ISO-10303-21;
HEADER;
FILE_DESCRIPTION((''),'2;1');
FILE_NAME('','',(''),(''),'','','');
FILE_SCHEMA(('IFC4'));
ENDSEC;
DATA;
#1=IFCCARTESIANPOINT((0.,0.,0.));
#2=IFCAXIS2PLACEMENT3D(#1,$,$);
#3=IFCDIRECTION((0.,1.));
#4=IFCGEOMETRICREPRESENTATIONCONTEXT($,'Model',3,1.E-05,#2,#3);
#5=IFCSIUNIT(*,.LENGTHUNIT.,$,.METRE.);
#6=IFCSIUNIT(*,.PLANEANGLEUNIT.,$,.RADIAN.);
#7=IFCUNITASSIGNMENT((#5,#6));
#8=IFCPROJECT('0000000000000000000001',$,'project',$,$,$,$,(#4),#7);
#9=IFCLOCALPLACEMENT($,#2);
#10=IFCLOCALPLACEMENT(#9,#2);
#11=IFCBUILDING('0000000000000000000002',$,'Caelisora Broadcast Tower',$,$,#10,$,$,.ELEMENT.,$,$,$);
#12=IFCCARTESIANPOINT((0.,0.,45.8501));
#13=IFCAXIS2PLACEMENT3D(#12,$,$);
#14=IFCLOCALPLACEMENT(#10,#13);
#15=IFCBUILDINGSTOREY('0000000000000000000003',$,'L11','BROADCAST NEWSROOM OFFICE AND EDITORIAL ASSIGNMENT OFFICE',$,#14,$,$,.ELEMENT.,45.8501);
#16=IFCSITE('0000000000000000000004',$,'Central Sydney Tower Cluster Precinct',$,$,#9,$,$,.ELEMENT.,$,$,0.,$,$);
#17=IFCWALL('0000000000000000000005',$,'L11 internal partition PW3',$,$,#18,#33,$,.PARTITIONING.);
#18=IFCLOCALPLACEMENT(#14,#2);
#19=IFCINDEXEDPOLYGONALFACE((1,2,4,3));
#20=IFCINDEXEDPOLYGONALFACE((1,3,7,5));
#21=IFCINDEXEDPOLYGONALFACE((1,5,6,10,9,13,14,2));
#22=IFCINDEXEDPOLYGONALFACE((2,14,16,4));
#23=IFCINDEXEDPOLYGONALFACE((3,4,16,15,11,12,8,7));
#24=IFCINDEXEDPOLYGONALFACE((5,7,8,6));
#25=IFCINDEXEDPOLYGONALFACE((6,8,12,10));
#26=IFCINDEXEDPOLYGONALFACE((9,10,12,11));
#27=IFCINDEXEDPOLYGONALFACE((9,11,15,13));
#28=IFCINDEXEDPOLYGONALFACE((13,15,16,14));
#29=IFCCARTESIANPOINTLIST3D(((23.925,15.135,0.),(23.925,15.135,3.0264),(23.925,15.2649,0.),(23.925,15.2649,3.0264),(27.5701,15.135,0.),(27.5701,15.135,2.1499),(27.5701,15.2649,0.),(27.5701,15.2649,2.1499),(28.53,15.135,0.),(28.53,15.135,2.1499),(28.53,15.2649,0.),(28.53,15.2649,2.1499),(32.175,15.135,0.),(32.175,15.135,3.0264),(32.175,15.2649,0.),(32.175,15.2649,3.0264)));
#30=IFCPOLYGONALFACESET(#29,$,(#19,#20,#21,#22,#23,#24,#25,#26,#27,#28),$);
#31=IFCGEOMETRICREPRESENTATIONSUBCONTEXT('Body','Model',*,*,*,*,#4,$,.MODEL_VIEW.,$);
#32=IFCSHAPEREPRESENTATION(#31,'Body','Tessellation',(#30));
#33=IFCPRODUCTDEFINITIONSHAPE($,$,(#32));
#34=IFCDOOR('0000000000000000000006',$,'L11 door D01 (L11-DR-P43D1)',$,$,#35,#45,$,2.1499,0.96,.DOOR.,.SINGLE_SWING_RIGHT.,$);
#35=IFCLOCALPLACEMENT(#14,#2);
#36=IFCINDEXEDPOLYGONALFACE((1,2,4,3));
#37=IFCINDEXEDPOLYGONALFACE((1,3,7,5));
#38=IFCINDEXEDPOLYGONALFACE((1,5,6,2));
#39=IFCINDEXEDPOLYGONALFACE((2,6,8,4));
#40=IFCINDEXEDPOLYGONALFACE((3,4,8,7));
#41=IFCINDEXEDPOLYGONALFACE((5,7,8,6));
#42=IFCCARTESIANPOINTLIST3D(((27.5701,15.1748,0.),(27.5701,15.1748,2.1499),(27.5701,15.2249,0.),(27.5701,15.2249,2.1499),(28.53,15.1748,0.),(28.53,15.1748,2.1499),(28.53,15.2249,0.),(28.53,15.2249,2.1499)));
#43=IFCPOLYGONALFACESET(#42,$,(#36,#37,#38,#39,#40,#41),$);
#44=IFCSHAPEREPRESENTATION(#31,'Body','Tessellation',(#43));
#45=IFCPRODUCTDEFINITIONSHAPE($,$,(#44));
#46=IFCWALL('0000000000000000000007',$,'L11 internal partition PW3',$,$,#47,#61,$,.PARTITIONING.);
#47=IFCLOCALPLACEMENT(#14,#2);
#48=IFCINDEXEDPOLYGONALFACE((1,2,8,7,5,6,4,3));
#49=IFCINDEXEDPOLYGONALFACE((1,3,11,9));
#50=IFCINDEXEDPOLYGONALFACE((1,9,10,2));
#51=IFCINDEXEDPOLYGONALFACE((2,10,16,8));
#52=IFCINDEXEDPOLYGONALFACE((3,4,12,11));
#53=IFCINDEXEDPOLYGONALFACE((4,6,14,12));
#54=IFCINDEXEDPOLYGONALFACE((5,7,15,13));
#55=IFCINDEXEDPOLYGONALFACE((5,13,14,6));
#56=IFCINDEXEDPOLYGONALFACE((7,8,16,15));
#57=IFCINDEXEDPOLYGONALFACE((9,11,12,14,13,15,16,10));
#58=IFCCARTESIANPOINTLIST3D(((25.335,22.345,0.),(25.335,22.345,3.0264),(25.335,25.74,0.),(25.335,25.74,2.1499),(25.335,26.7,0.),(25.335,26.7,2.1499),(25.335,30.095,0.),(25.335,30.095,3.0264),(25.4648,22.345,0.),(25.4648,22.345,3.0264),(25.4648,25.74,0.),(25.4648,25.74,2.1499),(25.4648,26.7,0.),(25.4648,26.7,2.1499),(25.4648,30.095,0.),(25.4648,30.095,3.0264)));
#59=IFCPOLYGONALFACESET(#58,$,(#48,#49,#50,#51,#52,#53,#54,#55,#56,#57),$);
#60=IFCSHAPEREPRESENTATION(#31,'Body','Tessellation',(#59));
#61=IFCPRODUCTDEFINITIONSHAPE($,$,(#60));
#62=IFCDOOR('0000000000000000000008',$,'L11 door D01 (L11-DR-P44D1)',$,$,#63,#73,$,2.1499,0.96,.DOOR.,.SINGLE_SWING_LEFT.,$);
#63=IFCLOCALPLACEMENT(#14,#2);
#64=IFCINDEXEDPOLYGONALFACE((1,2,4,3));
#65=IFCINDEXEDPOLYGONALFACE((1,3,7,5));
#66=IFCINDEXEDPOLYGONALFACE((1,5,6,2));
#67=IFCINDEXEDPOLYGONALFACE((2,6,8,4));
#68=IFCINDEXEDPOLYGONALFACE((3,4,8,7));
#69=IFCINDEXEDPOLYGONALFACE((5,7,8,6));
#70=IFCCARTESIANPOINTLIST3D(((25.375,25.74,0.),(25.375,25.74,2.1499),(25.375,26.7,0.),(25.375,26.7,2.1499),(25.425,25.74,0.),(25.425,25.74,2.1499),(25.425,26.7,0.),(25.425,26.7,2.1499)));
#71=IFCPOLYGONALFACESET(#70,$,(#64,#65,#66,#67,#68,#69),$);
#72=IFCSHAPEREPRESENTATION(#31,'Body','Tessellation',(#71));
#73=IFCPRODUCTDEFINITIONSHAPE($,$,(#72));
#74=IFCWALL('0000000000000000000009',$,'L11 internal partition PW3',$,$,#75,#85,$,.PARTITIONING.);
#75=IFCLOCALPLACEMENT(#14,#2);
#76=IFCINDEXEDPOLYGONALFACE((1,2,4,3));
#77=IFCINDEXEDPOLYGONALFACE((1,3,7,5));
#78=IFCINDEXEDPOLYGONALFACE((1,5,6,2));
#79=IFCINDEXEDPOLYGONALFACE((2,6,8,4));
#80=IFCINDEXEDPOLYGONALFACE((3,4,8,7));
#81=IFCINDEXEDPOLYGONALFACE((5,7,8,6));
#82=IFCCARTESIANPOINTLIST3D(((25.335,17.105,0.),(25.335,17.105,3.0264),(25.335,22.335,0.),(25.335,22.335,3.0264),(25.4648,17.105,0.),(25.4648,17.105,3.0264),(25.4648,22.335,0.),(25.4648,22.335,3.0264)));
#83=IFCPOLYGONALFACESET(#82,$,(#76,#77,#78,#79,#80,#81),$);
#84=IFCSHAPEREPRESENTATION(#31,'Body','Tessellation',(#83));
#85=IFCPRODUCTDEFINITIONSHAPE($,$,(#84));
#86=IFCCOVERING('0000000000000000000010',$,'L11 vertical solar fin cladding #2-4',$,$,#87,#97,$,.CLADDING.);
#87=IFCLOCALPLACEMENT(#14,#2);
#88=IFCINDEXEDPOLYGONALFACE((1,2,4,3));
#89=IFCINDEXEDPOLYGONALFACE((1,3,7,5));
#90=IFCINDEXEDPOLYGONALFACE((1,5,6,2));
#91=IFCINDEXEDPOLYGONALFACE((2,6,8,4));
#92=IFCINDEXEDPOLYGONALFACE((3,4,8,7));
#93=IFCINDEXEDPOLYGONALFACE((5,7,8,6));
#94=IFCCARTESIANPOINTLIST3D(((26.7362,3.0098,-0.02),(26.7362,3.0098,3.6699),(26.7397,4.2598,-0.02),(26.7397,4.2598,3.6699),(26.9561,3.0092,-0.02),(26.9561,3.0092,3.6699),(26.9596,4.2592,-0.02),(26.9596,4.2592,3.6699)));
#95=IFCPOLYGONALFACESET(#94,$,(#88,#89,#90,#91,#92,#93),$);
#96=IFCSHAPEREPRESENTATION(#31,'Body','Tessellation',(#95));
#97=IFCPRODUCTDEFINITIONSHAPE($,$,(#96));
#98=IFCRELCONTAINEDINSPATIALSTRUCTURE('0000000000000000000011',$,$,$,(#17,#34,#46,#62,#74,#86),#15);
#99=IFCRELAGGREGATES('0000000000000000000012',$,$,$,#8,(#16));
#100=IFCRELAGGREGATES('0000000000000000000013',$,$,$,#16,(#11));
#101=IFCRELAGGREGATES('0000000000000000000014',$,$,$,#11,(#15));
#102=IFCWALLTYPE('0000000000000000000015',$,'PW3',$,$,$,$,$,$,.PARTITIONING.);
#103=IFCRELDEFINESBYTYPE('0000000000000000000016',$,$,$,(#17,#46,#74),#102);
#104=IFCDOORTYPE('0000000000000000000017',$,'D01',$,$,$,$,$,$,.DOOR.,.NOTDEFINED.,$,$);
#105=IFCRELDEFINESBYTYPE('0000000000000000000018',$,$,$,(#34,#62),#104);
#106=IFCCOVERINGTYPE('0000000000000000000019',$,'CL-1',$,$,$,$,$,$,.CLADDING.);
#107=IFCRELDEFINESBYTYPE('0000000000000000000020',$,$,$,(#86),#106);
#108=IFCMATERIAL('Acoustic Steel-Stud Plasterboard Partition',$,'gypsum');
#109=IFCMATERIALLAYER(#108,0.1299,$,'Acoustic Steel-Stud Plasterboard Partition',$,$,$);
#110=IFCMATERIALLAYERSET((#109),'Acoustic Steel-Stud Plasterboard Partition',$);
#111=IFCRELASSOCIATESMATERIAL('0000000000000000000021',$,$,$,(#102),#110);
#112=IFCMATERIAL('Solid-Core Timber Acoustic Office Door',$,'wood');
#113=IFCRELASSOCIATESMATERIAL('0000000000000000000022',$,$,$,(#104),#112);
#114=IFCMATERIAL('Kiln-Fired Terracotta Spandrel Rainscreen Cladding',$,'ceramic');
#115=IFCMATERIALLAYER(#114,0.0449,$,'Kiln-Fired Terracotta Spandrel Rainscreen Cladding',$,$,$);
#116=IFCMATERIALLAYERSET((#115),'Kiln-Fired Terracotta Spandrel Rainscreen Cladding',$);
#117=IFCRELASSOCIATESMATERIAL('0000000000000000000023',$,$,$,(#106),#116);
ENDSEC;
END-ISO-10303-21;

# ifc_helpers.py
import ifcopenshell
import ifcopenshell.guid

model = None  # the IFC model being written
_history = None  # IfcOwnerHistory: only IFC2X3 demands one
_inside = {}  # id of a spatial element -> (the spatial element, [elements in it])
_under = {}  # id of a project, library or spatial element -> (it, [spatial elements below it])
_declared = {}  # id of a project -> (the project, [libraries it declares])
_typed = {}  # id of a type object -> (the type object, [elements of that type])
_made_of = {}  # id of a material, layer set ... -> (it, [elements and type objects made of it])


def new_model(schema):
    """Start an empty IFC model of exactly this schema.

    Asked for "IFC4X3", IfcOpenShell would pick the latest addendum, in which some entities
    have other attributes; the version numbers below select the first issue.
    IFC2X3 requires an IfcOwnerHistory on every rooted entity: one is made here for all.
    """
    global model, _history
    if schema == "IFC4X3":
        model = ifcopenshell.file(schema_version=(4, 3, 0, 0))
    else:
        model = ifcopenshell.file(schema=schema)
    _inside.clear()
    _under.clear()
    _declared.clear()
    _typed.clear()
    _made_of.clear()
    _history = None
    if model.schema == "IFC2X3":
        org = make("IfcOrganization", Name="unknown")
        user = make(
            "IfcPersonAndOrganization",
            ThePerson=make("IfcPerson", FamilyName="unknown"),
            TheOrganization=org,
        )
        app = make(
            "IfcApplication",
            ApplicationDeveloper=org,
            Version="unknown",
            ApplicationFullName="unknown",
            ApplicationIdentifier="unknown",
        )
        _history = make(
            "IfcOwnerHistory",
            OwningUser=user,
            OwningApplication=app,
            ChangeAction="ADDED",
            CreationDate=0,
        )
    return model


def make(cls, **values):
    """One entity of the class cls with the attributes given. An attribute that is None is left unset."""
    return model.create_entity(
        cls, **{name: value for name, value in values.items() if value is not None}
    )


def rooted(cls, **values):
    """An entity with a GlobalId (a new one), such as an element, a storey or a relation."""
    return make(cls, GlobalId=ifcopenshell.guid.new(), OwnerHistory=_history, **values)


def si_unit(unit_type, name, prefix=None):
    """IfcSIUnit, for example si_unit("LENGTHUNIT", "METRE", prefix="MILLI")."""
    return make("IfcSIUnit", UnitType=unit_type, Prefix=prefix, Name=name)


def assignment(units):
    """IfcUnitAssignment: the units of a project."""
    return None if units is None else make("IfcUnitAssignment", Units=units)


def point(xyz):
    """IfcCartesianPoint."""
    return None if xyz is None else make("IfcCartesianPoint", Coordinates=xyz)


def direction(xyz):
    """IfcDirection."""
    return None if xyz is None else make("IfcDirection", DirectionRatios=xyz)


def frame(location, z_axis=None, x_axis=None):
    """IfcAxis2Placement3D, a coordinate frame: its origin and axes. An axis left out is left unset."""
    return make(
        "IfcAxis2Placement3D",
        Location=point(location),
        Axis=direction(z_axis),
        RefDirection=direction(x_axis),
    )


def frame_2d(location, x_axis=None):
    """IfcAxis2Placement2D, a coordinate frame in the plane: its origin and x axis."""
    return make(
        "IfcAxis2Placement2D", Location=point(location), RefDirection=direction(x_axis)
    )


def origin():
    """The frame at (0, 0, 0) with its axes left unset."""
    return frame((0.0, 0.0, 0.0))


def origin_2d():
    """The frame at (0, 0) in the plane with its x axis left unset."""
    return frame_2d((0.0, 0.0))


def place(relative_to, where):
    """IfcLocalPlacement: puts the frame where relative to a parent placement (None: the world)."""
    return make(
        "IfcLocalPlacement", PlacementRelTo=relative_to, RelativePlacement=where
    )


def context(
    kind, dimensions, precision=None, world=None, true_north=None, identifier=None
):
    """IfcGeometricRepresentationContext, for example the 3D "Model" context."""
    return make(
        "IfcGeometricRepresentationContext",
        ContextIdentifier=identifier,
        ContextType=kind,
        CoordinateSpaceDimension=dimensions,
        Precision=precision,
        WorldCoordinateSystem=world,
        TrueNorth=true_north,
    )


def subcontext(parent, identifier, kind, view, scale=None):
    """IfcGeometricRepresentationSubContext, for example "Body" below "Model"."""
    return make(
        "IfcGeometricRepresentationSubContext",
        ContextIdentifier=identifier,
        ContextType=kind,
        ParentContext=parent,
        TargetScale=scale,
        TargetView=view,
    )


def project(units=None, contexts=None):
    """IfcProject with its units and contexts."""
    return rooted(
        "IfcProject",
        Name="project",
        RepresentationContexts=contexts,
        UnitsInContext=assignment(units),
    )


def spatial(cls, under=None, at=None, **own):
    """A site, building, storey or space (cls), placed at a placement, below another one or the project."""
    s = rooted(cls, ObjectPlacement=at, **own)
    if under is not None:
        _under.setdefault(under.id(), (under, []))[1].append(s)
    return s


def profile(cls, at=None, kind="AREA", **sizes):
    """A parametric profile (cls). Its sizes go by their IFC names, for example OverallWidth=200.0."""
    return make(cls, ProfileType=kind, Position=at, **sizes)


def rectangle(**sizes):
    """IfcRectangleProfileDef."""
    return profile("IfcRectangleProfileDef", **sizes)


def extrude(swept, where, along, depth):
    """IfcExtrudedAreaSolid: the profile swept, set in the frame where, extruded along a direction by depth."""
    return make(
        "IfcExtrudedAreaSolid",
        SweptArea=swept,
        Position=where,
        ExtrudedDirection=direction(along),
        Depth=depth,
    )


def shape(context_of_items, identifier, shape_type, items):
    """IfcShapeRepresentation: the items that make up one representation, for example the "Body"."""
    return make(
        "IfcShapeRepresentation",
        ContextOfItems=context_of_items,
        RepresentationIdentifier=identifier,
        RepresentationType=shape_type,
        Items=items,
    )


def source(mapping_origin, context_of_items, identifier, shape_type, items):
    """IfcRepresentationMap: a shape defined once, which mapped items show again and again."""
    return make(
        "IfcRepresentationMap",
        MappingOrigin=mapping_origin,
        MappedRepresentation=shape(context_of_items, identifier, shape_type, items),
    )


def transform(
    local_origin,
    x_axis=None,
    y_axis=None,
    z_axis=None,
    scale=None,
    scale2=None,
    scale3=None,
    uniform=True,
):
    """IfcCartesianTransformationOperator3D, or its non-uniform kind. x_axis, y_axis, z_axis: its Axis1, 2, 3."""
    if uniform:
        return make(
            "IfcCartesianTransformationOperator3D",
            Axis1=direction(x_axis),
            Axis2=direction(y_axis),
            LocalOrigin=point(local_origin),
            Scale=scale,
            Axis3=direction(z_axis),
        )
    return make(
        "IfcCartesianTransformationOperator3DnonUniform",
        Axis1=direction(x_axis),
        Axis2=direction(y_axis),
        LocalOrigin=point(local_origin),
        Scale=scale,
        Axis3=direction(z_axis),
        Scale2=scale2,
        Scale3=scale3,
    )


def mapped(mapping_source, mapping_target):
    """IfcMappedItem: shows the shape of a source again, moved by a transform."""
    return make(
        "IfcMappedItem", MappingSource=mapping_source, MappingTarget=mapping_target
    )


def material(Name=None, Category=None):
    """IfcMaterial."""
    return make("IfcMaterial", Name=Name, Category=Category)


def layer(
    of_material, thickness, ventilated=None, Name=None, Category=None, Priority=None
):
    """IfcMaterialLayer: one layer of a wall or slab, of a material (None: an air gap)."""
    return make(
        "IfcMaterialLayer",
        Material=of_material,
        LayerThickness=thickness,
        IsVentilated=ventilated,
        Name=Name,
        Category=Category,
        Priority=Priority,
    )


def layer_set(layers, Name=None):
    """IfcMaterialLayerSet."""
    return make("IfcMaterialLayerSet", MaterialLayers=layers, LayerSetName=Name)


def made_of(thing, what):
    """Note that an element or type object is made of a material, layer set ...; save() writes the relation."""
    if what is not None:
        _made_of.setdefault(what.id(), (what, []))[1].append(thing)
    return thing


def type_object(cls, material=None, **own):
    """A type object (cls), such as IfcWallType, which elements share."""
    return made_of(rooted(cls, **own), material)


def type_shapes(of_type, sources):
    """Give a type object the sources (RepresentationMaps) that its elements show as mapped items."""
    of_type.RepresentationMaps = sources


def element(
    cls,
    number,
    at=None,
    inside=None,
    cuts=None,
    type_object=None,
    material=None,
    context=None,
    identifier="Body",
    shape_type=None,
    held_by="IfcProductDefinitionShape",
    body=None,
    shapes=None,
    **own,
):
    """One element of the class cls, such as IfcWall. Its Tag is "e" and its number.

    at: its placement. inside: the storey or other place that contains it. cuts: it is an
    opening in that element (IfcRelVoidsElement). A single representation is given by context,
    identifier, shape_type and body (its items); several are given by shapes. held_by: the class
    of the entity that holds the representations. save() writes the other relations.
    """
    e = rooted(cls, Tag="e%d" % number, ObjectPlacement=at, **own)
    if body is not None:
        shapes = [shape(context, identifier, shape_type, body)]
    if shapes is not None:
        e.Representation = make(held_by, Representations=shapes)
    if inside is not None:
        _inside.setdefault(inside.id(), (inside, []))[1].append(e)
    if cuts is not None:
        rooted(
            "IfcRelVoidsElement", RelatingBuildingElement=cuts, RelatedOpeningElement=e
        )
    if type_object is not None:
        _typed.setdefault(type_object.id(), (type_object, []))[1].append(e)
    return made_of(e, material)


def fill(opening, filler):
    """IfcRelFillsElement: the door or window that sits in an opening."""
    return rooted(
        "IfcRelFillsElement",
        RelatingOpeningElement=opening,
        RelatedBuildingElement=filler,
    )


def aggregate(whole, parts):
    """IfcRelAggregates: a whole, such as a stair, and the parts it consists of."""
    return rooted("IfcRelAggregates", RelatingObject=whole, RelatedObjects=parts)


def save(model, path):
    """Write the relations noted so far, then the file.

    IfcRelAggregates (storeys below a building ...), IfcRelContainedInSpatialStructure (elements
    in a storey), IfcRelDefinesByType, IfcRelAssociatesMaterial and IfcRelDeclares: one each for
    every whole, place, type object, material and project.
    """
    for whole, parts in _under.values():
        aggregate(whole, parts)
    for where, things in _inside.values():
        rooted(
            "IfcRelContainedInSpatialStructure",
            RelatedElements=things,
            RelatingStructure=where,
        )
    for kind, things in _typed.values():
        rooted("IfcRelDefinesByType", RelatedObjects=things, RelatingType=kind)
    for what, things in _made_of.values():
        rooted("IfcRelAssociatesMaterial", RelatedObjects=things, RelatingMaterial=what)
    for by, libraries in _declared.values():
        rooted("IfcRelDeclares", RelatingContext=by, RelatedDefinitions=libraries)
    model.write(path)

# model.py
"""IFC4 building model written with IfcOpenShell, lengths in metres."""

from ifc_helpers import new_model, si_unit, direction, frame, frame_2d, origin, origin_2d, place, context, subcontext, project, spatial, rectangle, extrude, source, transform, mapped, material, layer, layer_set, type_object, type_shapes, element, fill, save


model = new_model("IFC4")

# Units and contexts
model_context = context("Model", 3, precision=1e-05, world=origin(), true_north=direction((0.0, 1.0)))
body_context = subcontext(model_context, "Body", "Model", "MODEL_VIEW")
ifc_project = project(units=[si_unit("LENGTHUNIT", "METRE"), si_unit("PLANEANGLEUNIT", "RADIAN")], contexts=[model_context])

# Site, building, storey
site_placement = place(None, origin())
site = spatial("IfcSite", under=ifc_project, at=site_placement, Name="Central Sydney Tower Cluster Precinct", CompositionType="ELEMENT", RefElevation=0.0)
building_placement = place(site_placement, origin())
building = spatial("IfcBuilding", under=site, at=building_placement, Name="Caelisora Broadcast Tower", CompositionType="ELEMENT")
storey_placement = place(building_placement, frame((0.0, 0.0, 45.8501)))
storey = spatial("IfcBuildingStorey", under=building, at=storey_placement, Name="L11", Description="BROADCAST NEWSROOM OFFICE AND EDITORIAL ASSIGNMENT OFFICE", CompositionType="ELEMENT", Elevation=45.8501)

# Shared definitions
ifc_material_1 = material(Name="Acoustic Steel-Stud Plasterboard Partition", Category="gypsum")
ifc_layer_1 = layer(ifc_material_1, 0.1299, Name="Acoustic Steel-Stud Plasterboard Partition")
ifc_layer_set_1 = layer_set([ifc_layer_1], Name="Acoustic Steel-Stud Plasterboard Partition")
wall_type_1 = type_object("IfcWallType", Name="PW3", PredefinedType="PARTITIONING", material=ifc_layer_set_1)

# Walls, openings, doors
wall_1_placement = place(storey_placement, frame((23.925, 15.2, 0.0), z_axis=(0.0, 0.0, 1.0), x_axis=(1.0, 0.0, 0.0)))
wall_1 = element("IfcWall", 1, at=wall_1_placement, inside=storey, type_object=wall_type_1, Name="L11 internal partition PW3", PredefinedType="PARTITIONING", context=body_context, shape_type="SweptSolid", body=[
    extrude(rectangle(XDim=8.25, YDim=0.1299, at=frame_2d((4.125, 0.0))), origin(), (0.0, 0.0, 1.0), 3.0264),
])
opening_1_placement = place(wall_1_placement, frame((3.645, 0.0, 0.0)))
opening_1 = element("IfcOpeningElement", 2, at=opening_1_placement, cuts=wall_1, PredefinedType="OPENING", context=body_context, shape_type="SweptSolid", body=[
    extrude(rectangle(XDim=0.96, YDim=2.1499, at=frame_2d((0.48, 1.075))), frame((0.0, 0.0769, 0.0), z_axis=(0.0, -1.0, 0.0), x_axis=(1.0, 0.0, 0.0)), (0.0, 0.0, 1.0), 0.1538),
])
ifc_material_2 = material(Name="Solid-Core Timber Acoustic Office Door", Category="wood")
door_type = type_object("IfcDoorType", Name="D01", OperationType="NOTDEFINED", PredefinedType="DOOR", material=ifc_material_2)
door_1_placement = place(opening_1_placement, origin())
door_1 = element("IfcDoor", 3, at=door_1_placement, inside=storey, type_object=door_type, Name="L11 door D01 (L11-DR-P43D1)", OperationType="SINGLE_SWING_RIGHT", OverallHeight=2.1499, OverallWidth=0.96, PredefinedType="DOOR", context=body_context, shape_type="SweptSolid", body=[
    extrude(rectangle(XDim=0.96, YDim=2.1499, at=frame_2d((0.48, 1.075))), frame((0.0, 0.0249, 0.0), z_axis=(0.0, -1.0, 0.0), x_axis=(1.0, 0.0, 0.0)), (0.0, 0.0, 1.0), 0.05),
])
fill(opening_1, door_1)
wall_2_placement = place(storey_placement, frame((25.3999, 22.345, 0.0), z_axis=(0.0, 0.0, 1.0), x_axis=(0.0, 1.0, 0.0)))
wall_2 = element("IfcWall", 4, at=wall_2_placement, inside=storey, type_object=wall_type_1, Name="L11 internal partition PW3", PredefinedType="PARTITIONING", context=body_context, shape_type="SweptSolid", body=[
    extrude(rectangle(XDim=7.75, YDim=0.1299, at=frame_2d((3.875, 0.0))), origin(), (0.0, 0.0, 1.0), 3.0264),
])
opening_2_placement = place(wall_2_placement, frame((3.395, 0.0, 0.0)))
opening_2 = element("IfcOpeningElement", 5, at=opening_2_placement, cuts=wall_2, PredefinedType="OPENING", context=body_context, shape_type="SweptSolid", body=[
    extrude(rectangle(XDim=0.96, YDim=2.1499, at=frame_2d((0.48, 1.075))), frame((0.0, 0.0769, 0.0), z_axis=(0.0, -1.0, 0.0), x_axis=(1.0, 0.0, 0.0)), (0.0, 0.0, 1.0), 0.1538),
])
door_2_placement = place(opening_2_placement, origin())
door_2 = element("IfcDoor", 6, at=door_2_placement, inside=storey, type_object=door_type, Name="L11 door D01 (L11-DR-P44D1)", OperationType="SINGLE_SWING_LEFT", OverallHeight=2.1499, OverallWidth=0.96, PredefinedType="DOOR", context=body_context, shape_type="SweptSolid", body=[
    extrude(rectangle(XDim=0.96, YDim=2.1499, at=frame_2d((0.48, 1.075))), frame((0.0, 0.0249, 0.0), z_axis=(0.0, -1.0, 0.0), x_axis=(1.0, 0.0, 0.0)), (0.0, 0.0, 1.0), 0.05),
])
fill(opening_2, door_2)

# Wall
wall_3_placement = place(storey_placement, frame((25.3999, 17.105, 0.0), z_axis=(0.0, 0.0, 1.0), x_axis=(0.0, 1.0, 0.0)))
element("IfcWall", 7, at=wall_3_placement, inside=storey, type_object=wall_type_1, Name="L11 internal partition PW3", PredefinedType="PARTITIONING", context=body_context, shape_type="SweptSolid", body=[
    extrude(rectangle(XDim=5.23, YDim=0.1299, at=frame_2d((2.615, 0.0))), origin(), (0.0, 0.0, 1.0), 3.0264),
])

# Covering
ifc_material_3 = material(Name="Kiln-Fired Terracotta Spandrel Rainscreen Cladding", Category="ceramic")
ifc_layer_2 = layer(ifc_material_3, 0.0449, Name="Kiln-Fired Terracotta Spandrel Rainscreen Cladding")
ifc_layer_set_2 = layer_set([ifc_layer_2], Name="Kiln-Fired Terracotta Spandrel Rainscreen Cladding")
covering_type = type_object("IfcCoveringType", Name="CL-1", PredefinedType="CLADDING", material=ifc_layer_set_2)
shared_shape_1 = source(origin(), body_context, "Body", "SweptSolid", [
    extrude(rectangle(XDim=0.22, YDim=1.25, at=origin_2d()), origin(), (0.0, 0.0, 1.0), 3.6899),
])
type_shapes(covering_type, [shared_shape_1])
covering_placement = place(storey_placement, frame((26.8479, 3.6345, -0.02), z_axis=(0.0, 0.0, 1.0), x_axis=(-0.999996, 0.002793, 0.0)))
element("IfcCovering", 8, at=covering_placement, inside=storey, type_object=covering_type, Name="L11 vertical solar fin cladding #2-4", PredefinedType="CLADDING", context=body_context, shape_type="MappedRepresentation", body=[
    mapped(shared_shape_1, transform((0.0, 0.0, 0.0), scale=1.0)),
])

save(model, "model.ifc")
